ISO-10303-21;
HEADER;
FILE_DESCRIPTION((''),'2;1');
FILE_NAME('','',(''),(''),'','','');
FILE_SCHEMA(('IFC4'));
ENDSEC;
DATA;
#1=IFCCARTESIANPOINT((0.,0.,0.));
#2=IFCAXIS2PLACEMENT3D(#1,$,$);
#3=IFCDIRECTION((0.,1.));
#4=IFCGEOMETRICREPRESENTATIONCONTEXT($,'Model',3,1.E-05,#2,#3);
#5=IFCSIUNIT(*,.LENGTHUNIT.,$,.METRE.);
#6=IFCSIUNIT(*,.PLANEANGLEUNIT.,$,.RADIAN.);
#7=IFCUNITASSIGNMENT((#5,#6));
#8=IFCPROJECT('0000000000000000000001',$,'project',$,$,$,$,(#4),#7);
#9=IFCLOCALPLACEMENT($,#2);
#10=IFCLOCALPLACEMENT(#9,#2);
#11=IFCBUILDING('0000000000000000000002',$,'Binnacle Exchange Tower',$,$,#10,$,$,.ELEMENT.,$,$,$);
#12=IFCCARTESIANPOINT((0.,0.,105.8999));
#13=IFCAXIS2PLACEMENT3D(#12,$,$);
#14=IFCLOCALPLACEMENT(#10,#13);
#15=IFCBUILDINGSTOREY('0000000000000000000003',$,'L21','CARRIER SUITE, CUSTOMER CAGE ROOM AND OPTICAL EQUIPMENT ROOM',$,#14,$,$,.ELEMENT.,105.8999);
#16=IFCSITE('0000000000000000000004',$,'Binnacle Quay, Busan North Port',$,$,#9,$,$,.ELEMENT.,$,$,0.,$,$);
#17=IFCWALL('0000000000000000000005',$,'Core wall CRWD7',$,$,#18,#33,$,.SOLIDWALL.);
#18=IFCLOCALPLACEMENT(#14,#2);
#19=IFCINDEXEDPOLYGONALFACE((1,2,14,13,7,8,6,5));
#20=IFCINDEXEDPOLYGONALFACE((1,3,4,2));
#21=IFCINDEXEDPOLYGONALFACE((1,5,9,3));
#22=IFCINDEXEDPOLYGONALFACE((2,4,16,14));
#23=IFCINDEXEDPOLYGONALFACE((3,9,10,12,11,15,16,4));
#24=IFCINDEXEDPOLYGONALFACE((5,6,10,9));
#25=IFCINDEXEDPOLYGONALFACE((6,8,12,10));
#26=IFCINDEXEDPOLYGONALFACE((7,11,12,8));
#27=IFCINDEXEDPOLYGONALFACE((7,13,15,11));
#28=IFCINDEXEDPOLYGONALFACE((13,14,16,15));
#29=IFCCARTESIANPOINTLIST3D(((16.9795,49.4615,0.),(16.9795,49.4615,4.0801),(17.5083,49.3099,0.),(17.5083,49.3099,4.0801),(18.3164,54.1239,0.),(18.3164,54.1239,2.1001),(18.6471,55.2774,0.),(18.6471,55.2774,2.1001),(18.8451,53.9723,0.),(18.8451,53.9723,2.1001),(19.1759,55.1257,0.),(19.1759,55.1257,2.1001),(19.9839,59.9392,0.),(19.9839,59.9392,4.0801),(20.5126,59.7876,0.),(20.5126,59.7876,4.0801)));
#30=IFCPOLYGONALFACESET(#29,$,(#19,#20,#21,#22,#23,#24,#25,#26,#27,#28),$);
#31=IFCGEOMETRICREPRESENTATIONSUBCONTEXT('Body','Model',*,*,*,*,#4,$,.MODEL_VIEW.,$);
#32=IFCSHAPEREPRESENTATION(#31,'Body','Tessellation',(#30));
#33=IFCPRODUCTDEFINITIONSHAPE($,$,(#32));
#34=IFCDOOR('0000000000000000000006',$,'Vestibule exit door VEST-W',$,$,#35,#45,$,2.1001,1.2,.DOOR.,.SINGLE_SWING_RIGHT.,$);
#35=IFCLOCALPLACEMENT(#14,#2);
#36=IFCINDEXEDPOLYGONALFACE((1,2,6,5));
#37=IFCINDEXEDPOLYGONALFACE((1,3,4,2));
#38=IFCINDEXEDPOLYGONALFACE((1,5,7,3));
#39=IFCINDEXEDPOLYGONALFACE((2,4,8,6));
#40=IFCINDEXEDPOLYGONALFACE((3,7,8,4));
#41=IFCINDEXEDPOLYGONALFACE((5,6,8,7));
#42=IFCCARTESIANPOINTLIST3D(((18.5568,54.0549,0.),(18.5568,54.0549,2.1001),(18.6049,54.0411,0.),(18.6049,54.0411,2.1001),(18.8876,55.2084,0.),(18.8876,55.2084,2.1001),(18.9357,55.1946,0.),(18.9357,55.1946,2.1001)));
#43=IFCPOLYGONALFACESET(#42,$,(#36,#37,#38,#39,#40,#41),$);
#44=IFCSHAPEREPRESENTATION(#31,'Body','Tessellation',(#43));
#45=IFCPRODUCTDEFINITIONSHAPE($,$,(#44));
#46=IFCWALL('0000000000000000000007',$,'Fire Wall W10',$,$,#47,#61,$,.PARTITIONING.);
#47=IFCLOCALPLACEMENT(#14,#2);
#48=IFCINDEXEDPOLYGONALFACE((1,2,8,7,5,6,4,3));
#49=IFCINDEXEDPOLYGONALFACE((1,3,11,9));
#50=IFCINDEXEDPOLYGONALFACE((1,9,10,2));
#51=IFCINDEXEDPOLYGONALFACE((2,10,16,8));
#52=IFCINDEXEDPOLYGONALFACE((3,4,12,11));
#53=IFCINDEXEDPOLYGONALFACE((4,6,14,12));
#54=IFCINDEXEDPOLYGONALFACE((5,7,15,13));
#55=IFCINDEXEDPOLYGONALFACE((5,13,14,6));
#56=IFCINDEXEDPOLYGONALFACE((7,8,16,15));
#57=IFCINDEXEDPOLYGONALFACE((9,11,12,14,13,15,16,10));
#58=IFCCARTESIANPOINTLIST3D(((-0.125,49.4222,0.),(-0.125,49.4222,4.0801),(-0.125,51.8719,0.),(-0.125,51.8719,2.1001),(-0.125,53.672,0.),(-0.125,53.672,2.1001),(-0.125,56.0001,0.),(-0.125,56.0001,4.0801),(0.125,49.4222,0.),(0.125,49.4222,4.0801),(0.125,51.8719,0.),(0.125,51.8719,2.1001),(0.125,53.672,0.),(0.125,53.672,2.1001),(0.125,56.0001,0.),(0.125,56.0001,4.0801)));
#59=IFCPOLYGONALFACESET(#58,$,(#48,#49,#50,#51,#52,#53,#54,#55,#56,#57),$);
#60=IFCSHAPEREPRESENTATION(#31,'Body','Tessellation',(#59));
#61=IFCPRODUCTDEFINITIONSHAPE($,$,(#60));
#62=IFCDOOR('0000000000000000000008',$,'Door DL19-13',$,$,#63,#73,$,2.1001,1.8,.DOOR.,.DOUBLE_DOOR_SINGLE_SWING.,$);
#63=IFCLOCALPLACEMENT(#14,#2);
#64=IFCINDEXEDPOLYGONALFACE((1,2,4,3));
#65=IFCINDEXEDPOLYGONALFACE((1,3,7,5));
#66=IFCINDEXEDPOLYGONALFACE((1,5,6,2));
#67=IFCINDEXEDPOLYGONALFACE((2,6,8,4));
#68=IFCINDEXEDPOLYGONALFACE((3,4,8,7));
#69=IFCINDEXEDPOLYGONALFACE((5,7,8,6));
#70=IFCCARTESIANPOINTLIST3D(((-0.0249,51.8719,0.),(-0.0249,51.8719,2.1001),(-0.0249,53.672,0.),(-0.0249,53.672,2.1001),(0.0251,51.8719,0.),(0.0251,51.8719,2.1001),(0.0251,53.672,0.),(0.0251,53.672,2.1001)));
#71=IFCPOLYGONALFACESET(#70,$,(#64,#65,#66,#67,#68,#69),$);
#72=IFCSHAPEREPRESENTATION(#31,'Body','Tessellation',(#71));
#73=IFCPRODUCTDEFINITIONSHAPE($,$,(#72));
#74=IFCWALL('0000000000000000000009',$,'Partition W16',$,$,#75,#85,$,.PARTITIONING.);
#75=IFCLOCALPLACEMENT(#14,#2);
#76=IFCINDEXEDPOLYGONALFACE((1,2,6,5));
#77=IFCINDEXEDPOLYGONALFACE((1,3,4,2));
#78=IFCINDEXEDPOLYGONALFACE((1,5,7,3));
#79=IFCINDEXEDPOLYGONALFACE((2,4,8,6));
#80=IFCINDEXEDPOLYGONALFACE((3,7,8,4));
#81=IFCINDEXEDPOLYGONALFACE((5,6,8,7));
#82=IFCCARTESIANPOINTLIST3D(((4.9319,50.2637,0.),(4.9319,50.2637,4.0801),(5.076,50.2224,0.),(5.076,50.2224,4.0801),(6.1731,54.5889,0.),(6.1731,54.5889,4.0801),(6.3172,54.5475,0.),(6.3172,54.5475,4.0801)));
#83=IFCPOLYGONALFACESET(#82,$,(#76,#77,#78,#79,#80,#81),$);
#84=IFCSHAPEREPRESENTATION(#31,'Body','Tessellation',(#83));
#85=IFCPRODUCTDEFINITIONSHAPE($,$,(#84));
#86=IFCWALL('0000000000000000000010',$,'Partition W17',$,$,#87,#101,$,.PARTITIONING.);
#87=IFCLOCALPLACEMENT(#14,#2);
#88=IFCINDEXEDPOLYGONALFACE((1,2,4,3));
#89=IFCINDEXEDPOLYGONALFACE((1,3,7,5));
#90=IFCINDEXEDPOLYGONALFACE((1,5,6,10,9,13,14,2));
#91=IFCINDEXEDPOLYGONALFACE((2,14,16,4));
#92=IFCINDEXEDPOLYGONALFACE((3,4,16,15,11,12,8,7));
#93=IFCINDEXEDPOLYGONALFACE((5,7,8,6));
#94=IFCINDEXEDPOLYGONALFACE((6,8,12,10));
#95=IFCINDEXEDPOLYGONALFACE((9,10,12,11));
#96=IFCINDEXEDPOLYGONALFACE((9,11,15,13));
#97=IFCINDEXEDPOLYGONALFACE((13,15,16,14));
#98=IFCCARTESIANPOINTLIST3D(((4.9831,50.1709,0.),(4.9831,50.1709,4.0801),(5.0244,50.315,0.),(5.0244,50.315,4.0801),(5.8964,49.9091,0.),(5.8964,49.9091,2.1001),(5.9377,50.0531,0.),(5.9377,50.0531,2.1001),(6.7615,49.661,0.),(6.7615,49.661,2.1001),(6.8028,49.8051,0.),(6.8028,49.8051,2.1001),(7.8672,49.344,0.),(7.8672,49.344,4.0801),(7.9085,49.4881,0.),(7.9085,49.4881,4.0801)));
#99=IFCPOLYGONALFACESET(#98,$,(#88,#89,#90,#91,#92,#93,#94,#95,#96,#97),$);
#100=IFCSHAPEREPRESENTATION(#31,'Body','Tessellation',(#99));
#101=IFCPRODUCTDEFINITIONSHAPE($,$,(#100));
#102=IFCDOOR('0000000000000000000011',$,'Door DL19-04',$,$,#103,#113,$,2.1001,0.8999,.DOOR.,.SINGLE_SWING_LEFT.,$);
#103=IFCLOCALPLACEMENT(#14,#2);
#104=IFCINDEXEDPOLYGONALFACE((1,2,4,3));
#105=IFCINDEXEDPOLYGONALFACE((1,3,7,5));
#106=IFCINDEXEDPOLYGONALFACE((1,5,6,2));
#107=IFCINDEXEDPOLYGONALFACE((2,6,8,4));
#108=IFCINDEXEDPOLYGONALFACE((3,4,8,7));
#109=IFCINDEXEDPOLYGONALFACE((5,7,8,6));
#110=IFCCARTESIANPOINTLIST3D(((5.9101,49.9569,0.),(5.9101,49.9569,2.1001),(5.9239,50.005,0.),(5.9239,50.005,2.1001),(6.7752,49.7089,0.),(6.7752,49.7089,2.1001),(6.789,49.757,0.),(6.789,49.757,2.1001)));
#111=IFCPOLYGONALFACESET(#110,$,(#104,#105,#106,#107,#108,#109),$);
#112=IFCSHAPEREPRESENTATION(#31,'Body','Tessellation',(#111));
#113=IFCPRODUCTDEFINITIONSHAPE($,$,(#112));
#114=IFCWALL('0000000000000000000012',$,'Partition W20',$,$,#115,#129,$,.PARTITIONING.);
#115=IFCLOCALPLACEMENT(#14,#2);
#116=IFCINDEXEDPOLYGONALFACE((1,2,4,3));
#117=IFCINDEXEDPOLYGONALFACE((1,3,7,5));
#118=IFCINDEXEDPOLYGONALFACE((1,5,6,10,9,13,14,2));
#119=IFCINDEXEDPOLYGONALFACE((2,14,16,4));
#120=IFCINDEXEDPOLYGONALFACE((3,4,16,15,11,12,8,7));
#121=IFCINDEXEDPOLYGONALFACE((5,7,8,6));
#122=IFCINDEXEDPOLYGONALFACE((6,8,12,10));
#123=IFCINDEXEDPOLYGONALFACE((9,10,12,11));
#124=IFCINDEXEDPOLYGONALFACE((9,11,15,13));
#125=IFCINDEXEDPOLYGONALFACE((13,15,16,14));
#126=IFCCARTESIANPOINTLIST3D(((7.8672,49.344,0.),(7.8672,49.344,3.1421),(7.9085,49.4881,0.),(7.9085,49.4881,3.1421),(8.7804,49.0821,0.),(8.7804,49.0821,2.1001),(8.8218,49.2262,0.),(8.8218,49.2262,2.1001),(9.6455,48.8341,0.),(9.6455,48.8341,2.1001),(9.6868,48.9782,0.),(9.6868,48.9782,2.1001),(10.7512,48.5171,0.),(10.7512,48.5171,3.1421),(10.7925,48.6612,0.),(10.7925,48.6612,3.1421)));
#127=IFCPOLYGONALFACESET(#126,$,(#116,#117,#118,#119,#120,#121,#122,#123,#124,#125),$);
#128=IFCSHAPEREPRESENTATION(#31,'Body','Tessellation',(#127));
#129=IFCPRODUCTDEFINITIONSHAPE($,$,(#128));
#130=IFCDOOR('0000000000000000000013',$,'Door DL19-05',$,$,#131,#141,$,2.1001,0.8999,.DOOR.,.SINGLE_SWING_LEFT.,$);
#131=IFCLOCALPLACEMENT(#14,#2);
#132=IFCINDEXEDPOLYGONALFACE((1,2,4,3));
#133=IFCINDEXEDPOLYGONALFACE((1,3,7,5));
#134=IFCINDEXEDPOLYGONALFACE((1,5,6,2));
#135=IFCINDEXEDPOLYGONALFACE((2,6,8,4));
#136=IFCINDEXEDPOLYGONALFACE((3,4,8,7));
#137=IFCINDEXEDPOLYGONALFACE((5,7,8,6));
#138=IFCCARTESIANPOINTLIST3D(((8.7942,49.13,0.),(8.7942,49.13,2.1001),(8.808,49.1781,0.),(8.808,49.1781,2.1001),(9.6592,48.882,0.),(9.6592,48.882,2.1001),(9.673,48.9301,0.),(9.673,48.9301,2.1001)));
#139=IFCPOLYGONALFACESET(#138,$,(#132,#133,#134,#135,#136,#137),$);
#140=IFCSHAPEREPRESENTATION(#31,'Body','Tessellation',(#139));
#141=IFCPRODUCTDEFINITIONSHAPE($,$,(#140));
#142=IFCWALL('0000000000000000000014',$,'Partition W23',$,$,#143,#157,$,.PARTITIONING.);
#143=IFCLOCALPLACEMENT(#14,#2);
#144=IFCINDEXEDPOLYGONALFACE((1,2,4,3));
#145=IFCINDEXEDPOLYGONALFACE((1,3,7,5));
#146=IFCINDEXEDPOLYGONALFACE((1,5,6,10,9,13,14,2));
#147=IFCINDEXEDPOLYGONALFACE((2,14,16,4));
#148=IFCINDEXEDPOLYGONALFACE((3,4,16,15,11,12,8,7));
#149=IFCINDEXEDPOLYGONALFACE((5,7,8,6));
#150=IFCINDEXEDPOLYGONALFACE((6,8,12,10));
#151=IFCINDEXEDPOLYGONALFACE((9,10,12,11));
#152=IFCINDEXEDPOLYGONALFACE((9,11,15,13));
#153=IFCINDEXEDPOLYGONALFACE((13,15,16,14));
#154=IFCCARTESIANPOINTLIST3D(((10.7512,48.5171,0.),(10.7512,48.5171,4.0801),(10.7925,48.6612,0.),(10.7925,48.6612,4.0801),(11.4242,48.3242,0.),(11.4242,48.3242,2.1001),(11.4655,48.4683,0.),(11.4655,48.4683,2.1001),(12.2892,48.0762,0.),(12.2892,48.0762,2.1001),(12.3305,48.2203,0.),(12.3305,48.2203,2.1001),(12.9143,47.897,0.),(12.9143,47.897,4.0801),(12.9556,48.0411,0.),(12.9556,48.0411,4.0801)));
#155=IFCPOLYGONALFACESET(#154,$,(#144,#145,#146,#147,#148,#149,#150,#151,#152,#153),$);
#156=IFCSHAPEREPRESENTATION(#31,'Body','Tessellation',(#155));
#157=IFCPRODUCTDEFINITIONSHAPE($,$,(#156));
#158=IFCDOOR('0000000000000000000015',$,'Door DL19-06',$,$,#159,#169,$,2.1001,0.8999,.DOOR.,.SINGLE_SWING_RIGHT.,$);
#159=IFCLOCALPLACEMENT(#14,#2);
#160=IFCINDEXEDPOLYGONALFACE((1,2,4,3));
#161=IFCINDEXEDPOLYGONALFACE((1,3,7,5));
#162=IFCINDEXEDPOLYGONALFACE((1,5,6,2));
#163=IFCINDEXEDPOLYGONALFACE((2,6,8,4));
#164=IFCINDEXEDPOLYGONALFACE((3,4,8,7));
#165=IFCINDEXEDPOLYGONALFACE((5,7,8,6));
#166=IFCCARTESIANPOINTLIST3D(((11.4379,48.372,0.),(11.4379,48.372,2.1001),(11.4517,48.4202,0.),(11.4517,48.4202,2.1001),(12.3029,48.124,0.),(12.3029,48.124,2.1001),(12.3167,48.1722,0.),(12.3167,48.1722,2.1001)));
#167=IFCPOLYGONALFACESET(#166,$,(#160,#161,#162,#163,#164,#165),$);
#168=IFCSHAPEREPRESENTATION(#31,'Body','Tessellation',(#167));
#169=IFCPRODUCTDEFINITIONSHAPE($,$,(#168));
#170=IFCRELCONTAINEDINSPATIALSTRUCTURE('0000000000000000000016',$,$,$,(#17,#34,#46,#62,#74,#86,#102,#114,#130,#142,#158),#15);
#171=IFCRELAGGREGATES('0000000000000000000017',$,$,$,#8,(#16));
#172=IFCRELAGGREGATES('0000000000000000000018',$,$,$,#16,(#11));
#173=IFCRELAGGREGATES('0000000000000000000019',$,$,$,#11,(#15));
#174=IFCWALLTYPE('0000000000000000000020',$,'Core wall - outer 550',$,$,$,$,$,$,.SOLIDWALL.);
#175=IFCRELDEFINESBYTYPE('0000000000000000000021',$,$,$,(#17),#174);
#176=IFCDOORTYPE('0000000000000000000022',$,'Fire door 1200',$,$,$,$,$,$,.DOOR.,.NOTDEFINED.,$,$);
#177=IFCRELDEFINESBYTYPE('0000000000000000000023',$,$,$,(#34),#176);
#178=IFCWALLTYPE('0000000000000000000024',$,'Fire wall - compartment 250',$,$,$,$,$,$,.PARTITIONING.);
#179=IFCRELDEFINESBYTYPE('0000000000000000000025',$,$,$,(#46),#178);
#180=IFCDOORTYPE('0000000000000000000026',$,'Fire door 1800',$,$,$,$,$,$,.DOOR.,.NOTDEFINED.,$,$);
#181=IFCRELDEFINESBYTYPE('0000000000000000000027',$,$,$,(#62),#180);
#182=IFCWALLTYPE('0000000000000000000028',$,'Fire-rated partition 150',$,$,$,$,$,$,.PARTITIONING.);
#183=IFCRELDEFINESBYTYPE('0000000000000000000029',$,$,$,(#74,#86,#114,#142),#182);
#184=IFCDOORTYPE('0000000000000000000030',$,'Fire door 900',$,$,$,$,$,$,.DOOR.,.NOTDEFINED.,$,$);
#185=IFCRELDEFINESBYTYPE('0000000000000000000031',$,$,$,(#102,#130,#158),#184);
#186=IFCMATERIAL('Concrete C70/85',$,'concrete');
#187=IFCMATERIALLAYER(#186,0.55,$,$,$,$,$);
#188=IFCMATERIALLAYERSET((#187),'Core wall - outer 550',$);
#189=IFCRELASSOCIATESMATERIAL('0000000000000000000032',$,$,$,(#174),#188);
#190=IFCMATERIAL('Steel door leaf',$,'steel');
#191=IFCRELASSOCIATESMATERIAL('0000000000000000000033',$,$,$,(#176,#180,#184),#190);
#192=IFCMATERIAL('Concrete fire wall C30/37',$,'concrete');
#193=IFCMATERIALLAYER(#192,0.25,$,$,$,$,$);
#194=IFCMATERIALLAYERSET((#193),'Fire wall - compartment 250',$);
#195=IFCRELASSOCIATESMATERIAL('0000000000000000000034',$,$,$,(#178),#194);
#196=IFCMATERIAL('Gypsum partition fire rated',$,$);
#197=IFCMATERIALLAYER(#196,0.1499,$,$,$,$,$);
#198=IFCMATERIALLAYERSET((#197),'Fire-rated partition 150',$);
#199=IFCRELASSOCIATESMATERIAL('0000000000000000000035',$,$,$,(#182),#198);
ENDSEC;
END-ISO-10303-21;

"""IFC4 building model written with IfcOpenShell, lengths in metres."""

from ifc_helpers import new_model, si_unit, direction, frame, frame_2d, origin, place, context, subcontext, project, spatial, rectangle, extrude, material, layer, layer_set, type_object, element, fill, save


model = new_model("IFC4")

# Units and contexts
model_context = context("Model", 3, precision=1e-05, world=origin(), true_north=direction((0.0, 1.0)))
body_context = subcontext(model_context, "Body", "Model", "MODEL_VIEW")
ifc_project = project(units=[si_unit("LENGTHUNIT", "METRE"), si_unit("PLANEANGLEUNIT", "RADIAN")], contexts=[model_context])

# Site, building, storey
site_placement = place(None, origin())
site = spatial("IfcSite", under=ifc_project, at=site_placement, Name="Binnacle Quay, Busan North Port", CompositionType="ELEMENT", RefElevation=0.0)
building_placement = place(site_placement, origin())
building = spatial("IfcBuilding", under=site, at=building_placement, Name="Binnacle Exchange Tower", CompositionType="ELEMENT")
storey_placement = place(building_placement, frame((0.0, 0.0, 105.8999)))
storey = spatial("IfcBuildingStorey", under=building, at=storey_placement, Name="L21", Description="CARRIER SUITE, CUSTOMER CAGE ROOM AND OPTICAL EQUIPMENT ROOM", CompositionType="ELEMENT", Elevation=105.8999)

# Shared definitions
ifc_material_1 = material(Name="Concrete C70/85", Category="concrete")

# Shared definitions
ifc_layer_1 = layer(ifc_material_1, 0.55)
ifc_layer_set_1 = layer_set([ifc_layer_1], Name="Core wall - outer 550")
wall_type_1 = type_object("IfcWallType", Name="Core wall - outer 550", PredefinedType="SOLIDWALL", material=ifc_layer_set_1)

# Walls, openings, doors
wall_1_placement = place(storey_placement, frame((17.2439, 49.3857, 0.0), z_axis=(0.0, 0.0, 1.0), x_axis=(0.275632, 0.961263, 0.0)))
wall_1 = element("IfcWall", 1, at=wall_1_placement, inside=storey, type_object=wall_type_1, Name="Core wall CRWD7", PredefinedType="SOLIDWALL", context=body_context, shape_type="SweptSolid", body=[
    extrude(rectangle(XDim=10.8999, YDim=0.55, at=frame_2d((5.45, 0.0))), origin(), (0.0, 0.0, 1.0), 4.0801),
])
opening_1_placement = place(wall_1_placement, frame((4.8501, 0.0, 0.0)))
opening_1 = element("IfcOpeningElement", 2, at=opening_1_placement, cuts=wall_1, PredefinedType="OPENING", context=body_context, shape_type="SweptSolid", body=[
    extrude(rectangle(XDim=1.2, YDim=2.1001, at=frame_2d((0.6001, 1.05))), frame((0.0, 0.2849, 0.0), z_axis=(0.0, -1.0, 0.0), x_axis=(1.0, 0.0, 0.0)), (0.0, 0.0, 1.0), 0.5701),
])
ifc_material_2 = material(Name="Steel door leaf", Category="steel")
door_type_1 = type_object("IfcDoorType", Name="Fire door 1200", OperationType="NOTDEFINED", PredefinedType="DOOR", material=ifc_material_2)
door_1_placement = place(opening_1_placement, origin())
door_1 = element("IfcDoor", 3, at=door_1_placement, inside=storey, type_object=door_type_1, Name="Vestibule exit door VEST-W", OperationType="SINGLE_SWING_RIGHT", OverallHeight=2.1001, OverallWidth=1.2, PredefinedType="DOOR", context=body_context, shape_type="SweptSolid", body=[
    extrude(rectangle(XDim=1.2, YDim=2.1001, at=frame_2d((0.6001, 1.05))), frame((0.0, 0.0249, 0.0), z_axis=(0.0, -1.0, 0.0), x_axis=(1.0, 0.0, 0.0)), (0.0, 0.0, 1.0), 0.05),
])
fill(opening_1, door_1)
ifc_material_3 = material(Name="Concrete fire wall C30/37", Category="concrete")
ifc_layer_2 = layer(ifc_material_3, 0.25)
ifc_layer_set_2 = layer_set([ifc_layer_2], Name="Fire wall - compartment 250")
wall_type_2 = type_object("IfcWallType", Name="Fire wall - compartment 250", PredefinedType="PARTITIONING", material=ifc_layer_set_2)
wall_2_placement = place(storey_placement, frame((0.0, 49.4221, 0.0), z_axis=(0.0, 0.0, 1.0), x_axis=(0.0, 1.0, 0.0)))
wall_2 = element("IfcWall", 4, at=wall_2_placement, inside=storey, type_object=wall_type_2, Name="Fire Wall W10", PredefinedType="PARTITIONING", context=body_context, shape_type="SweptSolid", body=[
    extrude(rectangle(XDim=6.5779, YDim=0.25, at=frame_2d((3.2891, 0.0))), origin(), (0.0, 0.0, 1.0), 4.0801),
])
opening_2_placement = place(wall_2_placement, frame((2.45, 0.0, 0.0)))
opening_2 = element("IfcOpeningElement", 5, at=opening_2_placement, cuts=wall_2, PredefinedType="OPENING", context=body_context, shape_type="SweptSolid", body=[
    extrude(rectangle(XDim=1.8, YDim=2.1001, at=frame_2d((0.8999, 1.05))), frame((0.0, 0.135, 0.0), z_axis=(0.0, -1.0, 0.0), x_axis=(1.0, 0.0, 0.0)), (0.0, 0.0, 1.0), 0.27),
])
door_type_2 = type_object("IfcDoorType", Name="Fire door 1800", OperationType="NOTDEFINED", PredefinedType="DOOR", material=ifc_material_2)
door_2_placement = place(opening_2_placement, origin())
door_2 = element("IfcDoor", 6, at=door_2_placement, inside=storey, type_object=door_type_2, Name="Door DL19-13", OperationType="DOUBLE_DOOR_SINGLE_SWING", OverallHeight=2.1001, OverallWidth=1.8, PredefinedType="DOOR", context=body_context, shape_type="SweptSolid", body=[
    extrude(rectangle(XDim=1.8, YDim=2.1001, at=frame_2d((0.8999, 1.05))), frame((0.0, 0.0249, 0.0), z_axis=(0.0, -1.0, 0.0), x_axis=(1.0, 0.0, 0.0)), (0.0, 0.0, 1.0), 0.05),
])
fill(opening_2, door_2)

# Wall
ifc_material_4 = material(Name="Gypsum partition fire rated")
ifc_layer_3 = layer(ifc_material_4, 0.1499)
ifc_layer_set_3 = layer_set([ifc_layer_3], Name="Fire-rated partition 150")
wall_type_3 = type_object("IfcWallType", Name="Fire-rated partition 150", PredefinedType="PARTITIONING", material=ifc_layer_set_3)
wall_3_placement = place(storey_placement, frame((5.0039, 50.2429, 0.0), z_axis=(0.0, 0.0, 1.0), x_axis=(0.275839, 0.961204, 0.0)))
element("IfcWall", 7, at=wall_3_placement, inside=storey, type_object=wall_type_3, Name="Partition W16", PredefinedType="PARTITIONING", context=body_context, shape_type="SweptSolid", body=[
    extrude(rectangle(XDim=4.4998, YDim=0.1499, at=frame_2d((2.25, 0.0))), origin(), (0.0, 0.0, 1.0), 4.0801),
])

# Walls, openings, doors
wall_4_placement = place(storey_placement, frame((5.0039, 50.2429, 0.0), z_axis=(0.0, 0.0, 1.0), x_axis=(0.961269, -0.275613, 0.0)))
wall_4 = element("IfcWall", 8, at=wall_4_placement, inside=storey, type_object=wall_type_3, Name="Partition W17", PredefinedType="PARTITIONING", context=body_context, shape_type="SweptSolid", body=[
    extrude(rectangle(XDim=3.0002, YDim=0.1499, at=frame_2d((1.5, 0.0))), origin(), (0.0, 0.0, 1.0), 4.0801),
])
opening_3_placement = place(wall_4_placement, frame((0.95, 0.0, 0.0)))
opening_3 = element("IfcOpeningElement", 9, at=opening_3_placement, cuts=wall_4, PredefinedType="OPENING", context=body_context, shape_type="SweptSolid", body=[
    extrude(rectangle(XDim=0.8999, YDim=2.1001, at=frame_2d((0.45, 1.05))), frame((0.0, 0.085, 0.0), z_axis=(0.0, -1.0, 0.0), x_axis=(1.0, 0.0, 0.0)), (0.0, 0.0, 1.0), 0.1699),
])
door_type_3 = type_object("IfcDoorType", Name="Fire door 900", OperationType="NOTDEFINED", PredefinedType="DOOR", material=ifc_material_2)
door_3_placement = place(opening_3_placement, origin())
door_3 = element("IfcDoor", 10, at=door_3_placement, inside=storey, type_object=door_type_3, Name="Door DL19-04", OperationType="SINGLE_SWING_LEFT", OverallHeight=2.1001, OverallWidth=0.8999, PredefinedType="DOOR", context=body_context, shape_type="SweptSolid", body=[
    extrude(rectangle(XDim=0.8999, YDim=2.1001, at=frame_2d((0.45, 1.05))), frame((0.0, 0.0249, 0.0), z_axis=(0.0, -1.0, 0.0), x_axis=(1.0, 0.0, 0.0)), (0.0, 0.0, 1.0), 0.05),
])
fill(opening_3, door_3)
wall_5_placement = place(storey_placement, frame((7.8879, 49.416, 0.0), z_axis=(0.0, 0.0, 1.0), x_axis=(0.961269, -0.275613, 0.0)))
wall_5 = element("IfcWall", 11, at=wall_5_placement, inside=storey, type_object=wall_type_3, Name="Partition W20", PredefinedType="PARTITIONING", context=body_context, shape_type="SweptSolid", body=[
    extrude(rectangle(XDim=3.0002, YDim=0.1499, at=frame_2d((1.5, 0.0))), origin(), (0.0, 0.0, 1.0), 3.1421),
])
opening_4_placement = place(wall_5_placement, frame((0.95, 0.0, 0.0)))
opening_4 = element("IfcOpeningElement", 12, at=opening_4_placement, cuts=wall_5, PredefinedType="OPENING", context=body_context, shape_type="SweptSolid", body=[
    extrude(rectangle(XDim=0.8999, YDim=2.1001, at=frame_2d((0.45, 1.05))), frame((0.0, 0.085, 0.0), z_axis=(0.0, -1.0, 0.0), x_axis=(1.0, 0.0, 0.0)), (0.0, 0.0, 1.0), 0.1699),
])
door_4_placement = place(opening_4_placement, origin())
door_4 = element("IfcDoor", 13, at=door_4_placement, inside=storey, type_object=door_type_3, Name="Door DL19-05", OperationType="SINGLE_SWING_LEFT", OverallHeight=2.1001, OverallWidth=0.8999, PredefinedType="DOOR", context=body_context, shape_type="SweptSolid", body=[
    extrude(rectangle(XDim=0.8999, YDim=2.1001, at=frame_2d((0.45, 1.05))), frame((0.0, 0.0249, 0.0), z_axis=(0.0, -1.0, 0.0), x_axis=(1.0, 0.0, 0.0)), (0.0, 0.0, 1.0), 0.05),
])
fill(opening_4, door_4)
wall_6_placement = place(storey_placement, frame((10.772, 48.5891, 0.0), z_axis=(0.0, 0.0, 1.0), x_axis=(0.961278, -0.275581, 0.0)))
wall_6 = element("IfcWall", 14, at=wall_6_placement, inside=storey, type_object=wall_type_3, Name="Partition W23", PredefinedType="PARTITIONING", context=body_context, shape_type="SweptSolid", body=[
    extrude(rectangle(XDim=2.2502, YDim=0.1499, at=frame_2d((1.125, 0.0))), origin(), (0.0, 0.0, 1.0), 4.0801),
])
opening_5_placement = place(wall_6_placement, frame((0.7, 0.0, 0.0)))
opening_5 = element("IfcOpeningElement", 15, at=opening_5_placement, cuts=wall_6, PredefinedType="OPENING", context=body_context, shape_type="SweptSolid", body=[
    extrude(rectangle(XDim=0.8999, YDim=2.1001, at=frame_2d((0.45, 1.05))), frame((0.0, 0.085, 0.0), z_axis=(0.0, -1.0, 0.0), x_axis=(1.0, 0.0, 0.0)), (0.0, 0.0, 1.0), 0.1699),
])
door_5_placement = place(opening_5_placement, origin())
door_5 = element("IfcDoor", 16, at=door_5_placement, inside=storey, type_object=door_type_3, Name="Door DL19-06", OperationType="SINGLE_SWING_RIGHT", OverallHeight=2.1001, OverallWidth=0.8999, PredefinedType="DOOR", context=body_context, shape_type="SweptSolid", body=[
    extrude(rectangle(XDim=0.8999, YDim=2.1001, at=frame_2d((0.45, 1.05))), frame((0.0, 0.0249, 0.0), z_axis=(0.0, -1.0, 0.0), x_axis=(1.0, 0.0, 0.0)), (0.0, 0.0, 1.0), 0.05),
])
fill(opening_5, door_5)

save(model, "model.ifc")
